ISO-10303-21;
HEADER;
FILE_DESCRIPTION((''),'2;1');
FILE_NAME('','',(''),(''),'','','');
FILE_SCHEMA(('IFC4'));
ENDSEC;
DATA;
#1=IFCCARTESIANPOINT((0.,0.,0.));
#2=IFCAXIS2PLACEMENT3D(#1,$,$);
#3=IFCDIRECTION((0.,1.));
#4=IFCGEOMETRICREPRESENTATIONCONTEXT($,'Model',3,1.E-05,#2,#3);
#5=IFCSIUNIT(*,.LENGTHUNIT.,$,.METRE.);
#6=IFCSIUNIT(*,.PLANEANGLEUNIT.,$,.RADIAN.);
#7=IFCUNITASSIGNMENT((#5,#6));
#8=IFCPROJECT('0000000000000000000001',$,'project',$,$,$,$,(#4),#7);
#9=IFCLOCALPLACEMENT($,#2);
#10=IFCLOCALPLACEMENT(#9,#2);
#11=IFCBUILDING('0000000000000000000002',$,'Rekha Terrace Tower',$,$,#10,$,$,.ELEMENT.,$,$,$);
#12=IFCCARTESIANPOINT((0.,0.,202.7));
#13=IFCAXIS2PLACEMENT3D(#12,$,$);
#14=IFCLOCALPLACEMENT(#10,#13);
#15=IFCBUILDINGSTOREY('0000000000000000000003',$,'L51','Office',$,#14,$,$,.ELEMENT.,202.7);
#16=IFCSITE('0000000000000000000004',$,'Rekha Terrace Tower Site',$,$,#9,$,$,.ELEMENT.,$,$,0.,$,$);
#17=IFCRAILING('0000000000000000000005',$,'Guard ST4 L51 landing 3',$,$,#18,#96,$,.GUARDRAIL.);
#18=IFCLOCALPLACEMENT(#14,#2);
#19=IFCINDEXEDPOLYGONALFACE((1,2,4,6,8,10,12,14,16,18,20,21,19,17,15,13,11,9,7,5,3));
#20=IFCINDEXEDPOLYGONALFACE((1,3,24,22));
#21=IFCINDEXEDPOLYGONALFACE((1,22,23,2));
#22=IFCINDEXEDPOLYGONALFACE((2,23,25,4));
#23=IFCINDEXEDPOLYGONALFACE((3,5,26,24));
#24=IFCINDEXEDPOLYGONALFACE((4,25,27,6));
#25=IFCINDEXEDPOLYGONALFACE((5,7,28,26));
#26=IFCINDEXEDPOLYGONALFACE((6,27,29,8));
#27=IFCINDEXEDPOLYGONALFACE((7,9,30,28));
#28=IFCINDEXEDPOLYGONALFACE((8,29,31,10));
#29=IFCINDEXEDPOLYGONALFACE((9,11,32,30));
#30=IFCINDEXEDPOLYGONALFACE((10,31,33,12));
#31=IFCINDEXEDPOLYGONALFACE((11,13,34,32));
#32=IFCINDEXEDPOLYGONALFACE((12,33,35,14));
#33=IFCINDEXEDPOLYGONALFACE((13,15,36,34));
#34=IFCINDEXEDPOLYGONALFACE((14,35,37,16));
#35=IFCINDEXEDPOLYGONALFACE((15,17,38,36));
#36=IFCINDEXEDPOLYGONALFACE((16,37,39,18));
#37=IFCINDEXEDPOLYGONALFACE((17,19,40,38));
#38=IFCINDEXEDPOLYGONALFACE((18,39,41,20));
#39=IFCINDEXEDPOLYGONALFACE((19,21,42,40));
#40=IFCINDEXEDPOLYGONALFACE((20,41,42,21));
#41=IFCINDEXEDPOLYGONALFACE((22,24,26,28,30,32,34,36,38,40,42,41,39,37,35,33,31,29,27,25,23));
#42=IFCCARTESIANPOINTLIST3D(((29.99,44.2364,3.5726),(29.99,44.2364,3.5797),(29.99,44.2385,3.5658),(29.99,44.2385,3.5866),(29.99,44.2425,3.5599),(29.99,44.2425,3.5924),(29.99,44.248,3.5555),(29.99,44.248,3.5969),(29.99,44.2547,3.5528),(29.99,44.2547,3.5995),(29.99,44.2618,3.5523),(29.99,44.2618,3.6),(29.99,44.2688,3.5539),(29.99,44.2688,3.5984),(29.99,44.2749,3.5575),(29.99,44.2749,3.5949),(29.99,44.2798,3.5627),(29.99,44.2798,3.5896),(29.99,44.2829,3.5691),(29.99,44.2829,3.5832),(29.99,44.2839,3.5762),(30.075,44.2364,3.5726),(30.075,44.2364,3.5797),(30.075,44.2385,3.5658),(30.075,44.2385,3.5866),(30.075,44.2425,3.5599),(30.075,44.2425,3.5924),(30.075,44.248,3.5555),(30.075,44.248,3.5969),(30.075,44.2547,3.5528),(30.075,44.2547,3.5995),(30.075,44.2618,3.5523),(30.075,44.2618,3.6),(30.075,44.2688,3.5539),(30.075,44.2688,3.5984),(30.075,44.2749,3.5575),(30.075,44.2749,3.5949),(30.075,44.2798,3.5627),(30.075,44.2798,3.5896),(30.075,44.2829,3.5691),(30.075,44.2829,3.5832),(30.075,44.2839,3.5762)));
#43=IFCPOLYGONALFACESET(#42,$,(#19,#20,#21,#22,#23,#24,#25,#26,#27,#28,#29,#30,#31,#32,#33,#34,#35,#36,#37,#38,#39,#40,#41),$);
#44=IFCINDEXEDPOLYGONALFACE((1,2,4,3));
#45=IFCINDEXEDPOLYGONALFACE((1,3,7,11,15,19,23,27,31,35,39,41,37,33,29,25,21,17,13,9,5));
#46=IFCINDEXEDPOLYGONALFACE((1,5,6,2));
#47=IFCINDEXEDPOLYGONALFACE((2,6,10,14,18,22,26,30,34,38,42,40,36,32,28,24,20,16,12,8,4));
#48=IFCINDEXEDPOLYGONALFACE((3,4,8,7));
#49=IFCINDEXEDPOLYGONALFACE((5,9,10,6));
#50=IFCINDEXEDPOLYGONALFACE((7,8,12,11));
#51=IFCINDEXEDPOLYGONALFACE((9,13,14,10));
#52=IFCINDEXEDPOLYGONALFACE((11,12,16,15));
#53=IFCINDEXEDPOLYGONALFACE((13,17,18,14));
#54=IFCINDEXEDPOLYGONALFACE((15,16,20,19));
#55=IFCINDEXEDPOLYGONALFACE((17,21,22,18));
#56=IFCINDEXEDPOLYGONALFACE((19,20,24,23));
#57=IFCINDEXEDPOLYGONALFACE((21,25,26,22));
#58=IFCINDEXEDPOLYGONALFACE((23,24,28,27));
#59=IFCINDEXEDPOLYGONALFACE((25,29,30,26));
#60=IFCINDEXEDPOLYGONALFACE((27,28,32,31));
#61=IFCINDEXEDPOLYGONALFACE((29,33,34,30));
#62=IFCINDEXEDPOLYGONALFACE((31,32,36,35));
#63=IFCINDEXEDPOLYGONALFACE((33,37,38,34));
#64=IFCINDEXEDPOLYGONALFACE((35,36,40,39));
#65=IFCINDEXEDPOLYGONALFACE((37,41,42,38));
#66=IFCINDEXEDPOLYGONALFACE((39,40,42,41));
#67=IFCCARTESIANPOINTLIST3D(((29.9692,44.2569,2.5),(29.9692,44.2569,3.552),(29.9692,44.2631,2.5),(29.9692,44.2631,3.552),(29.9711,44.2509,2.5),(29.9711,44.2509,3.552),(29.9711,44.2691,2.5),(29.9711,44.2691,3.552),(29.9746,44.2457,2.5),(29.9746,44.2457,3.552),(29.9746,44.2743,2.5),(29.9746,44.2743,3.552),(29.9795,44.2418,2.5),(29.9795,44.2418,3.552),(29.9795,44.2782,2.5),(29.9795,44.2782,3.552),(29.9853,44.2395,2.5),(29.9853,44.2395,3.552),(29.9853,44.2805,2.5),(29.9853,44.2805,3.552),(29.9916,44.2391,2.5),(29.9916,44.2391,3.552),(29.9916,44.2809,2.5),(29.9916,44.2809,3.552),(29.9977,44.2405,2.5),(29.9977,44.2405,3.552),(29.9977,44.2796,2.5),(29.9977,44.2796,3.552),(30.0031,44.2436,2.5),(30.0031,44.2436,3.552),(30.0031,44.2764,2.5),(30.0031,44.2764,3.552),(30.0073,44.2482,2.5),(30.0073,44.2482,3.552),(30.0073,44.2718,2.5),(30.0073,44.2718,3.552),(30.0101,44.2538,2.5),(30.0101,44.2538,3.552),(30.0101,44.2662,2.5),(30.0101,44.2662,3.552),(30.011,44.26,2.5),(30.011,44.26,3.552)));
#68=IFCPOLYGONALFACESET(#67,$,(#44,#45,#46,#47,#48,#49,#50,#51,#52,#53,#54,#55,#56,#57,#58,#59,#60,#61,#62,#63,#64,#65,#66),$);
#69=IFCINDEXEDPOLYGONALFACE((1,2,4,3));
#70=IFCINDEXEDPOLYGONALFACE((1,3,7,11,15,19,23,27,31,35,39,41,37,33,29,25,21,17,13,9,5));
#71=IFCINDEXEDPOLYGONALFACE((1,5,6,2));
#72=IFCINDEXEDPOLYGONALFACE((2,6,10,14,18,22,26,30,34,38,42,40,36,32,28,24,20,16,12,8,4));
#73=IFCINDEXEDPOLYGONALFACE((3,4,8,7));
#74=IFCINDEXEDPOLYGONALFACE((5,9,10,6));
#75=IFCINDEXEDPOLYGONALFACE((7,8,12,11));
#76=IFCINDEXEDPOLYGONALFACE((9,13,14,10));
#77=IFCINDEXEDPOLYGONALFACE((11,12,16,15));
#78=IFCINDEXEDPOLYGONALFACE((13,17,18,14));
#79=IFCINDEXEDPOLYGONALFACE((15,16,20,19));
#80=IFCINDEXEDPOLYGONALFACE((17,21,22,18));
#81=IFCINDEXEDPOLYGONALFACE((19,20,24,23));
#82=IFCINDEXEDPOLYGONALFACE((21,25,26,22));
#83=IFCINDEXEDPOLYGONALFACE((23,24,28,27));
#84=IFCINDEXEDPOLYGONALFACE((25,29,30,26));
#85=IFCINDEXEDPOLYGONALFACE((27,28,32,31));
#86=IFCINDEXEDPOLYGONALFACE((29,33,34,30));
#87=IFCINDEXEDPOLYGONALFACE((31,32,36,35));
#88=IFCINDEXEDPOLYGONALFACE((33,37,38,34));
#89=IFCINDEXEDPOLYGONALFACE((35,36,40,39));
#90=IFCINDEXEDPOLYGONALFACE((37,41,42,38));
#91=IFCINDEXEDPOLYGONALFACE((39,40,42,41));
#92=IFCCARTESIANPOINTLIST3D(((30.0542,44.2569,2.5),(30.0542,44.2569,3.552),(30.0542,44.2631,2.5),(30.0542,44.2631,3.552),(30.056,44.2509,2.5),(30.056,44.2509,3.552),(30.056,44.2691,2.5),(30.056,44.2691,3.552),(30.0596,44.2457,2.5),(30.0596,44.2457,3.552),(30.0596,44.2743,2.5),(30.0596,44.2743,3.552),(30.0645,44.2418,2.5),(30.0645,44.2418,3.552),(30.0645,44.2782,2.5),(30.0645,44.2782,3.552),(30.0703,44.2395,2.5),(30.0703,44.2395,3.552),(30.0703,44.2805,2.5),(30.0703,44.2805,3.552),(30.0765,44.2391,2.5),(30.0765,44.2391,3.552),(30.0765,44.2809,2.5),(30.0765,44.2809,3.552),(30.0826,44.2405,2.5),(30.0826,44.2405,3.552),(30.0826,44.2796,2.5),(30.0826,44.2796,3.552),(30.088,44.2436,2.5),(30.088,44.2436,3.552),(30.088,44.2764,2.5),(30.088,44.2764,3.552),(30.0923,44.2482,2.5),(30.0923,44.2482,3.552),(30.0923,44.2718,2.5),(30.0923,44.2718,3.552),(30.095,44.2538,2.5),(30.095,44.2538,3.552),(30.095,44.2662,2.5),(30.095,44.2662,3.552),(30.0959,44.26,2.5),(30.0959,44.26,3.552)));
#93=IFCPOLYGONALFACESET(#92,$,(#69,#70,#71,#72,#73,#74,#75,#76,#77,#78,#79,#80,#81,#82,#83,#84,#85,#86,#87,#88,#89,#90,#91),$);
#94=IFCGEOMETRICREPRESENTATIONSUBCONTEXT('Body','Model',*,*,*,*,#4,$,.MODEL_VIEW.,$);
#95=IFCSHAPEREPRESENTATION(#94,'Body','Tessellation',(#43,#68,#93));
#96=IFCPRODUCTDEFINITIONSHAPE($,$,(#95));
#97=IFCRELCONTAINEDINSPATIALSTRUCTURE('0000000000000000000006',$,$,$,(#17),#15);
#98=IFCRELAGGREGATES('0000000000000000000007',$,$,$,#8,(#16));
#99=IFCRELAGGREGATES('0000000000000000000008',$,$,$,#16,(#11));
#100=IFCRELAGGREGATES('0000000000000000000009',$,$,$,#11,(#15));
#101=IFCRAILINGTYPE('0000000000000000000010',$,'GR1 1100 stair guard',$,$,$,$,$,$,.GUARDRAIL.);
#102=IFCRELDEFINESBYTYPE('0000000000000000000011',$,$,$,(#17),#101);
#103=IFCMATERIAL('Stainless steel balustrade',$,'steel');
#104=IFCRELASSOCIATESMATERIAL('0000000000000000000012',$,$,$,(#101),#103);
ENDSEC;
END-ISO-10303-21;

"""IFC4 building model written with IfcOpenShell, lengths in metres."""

from ifc_helpers import new_model, si_unit, direction, frame, origin, origin_2d, place, context, subcontext, project, spatial, circle, extrude, material, type_object, element, save


model = new_model("IFC4")

# Units and contexts
model_context = context("Model", 3, precision=1e-05, world=origin(), true_north=direction((0.0, 1.0)))
body_context = subcontext(model_context, "Body", "Model", "MODEL_VIEW")
ifc_project = project(units=[si_unit("LENGTHUNIT", "METRE"), si_unit("PLANEANGLEUNIT", "RADIAN")], contexts=[model_context])

# Site, building, storey
site_placement = place(None, origin())
site = spatial("IfcSite", under=ifc_project, at=site_placement, Name="Rekha Terrace Tower Site", CompositionType="ELEMENT", RefElevation=0.0)
building_placement = place(site_placement, origin())
building = spatial("IfcBuilding", under=site, at=building_placement, Name="Rekha Terrace Tower", CompositionType="ELEMENT")
storey_placement = place(building_placement, frame((0.0, 0.0, 202.7)))
storey = spatial("IfcBuildingStorey", under=building, at=storey_placement, Name="L51", Description="Office", CompositionType="ELEMENT", Elevation=202.7)

# Railing
ifc_material_1 = material(Name="Stainless steel balustrade", Category="steel")
railing_type_1 = type_object("IfcRailingType", Name="GR1 1100 stair guard", PredefinedType="GUARDRAIL", material=ifc_material_1)
railing_1_placement = place(storey_placement, frame((29.99, 44.26, 2.5)))
element("IfcRailing", 1, at=railing_1_placement, inside=storey, type_object=railing_type_1, Name="Guard ST4 L51 landing 3", PredefinedType="GUARDRAIL", context=body_context, shape_type="SweptSolid", body=[
    extrude(circle(Radius=0.0239, at=origin_2d()), frame((0.0, 0.0, 1.0762), z_axis=(1.0, 0.0, 0.0), x_axis=(0.0, 1.0, 0.0)), (0.0, 0.0, 1.0), 0.085),
    extrude(circle(Radius=0.021, at=origin_2d()), origin(), (0.0, 0.0, 1.0), 1.052),
    extrude(circle(Radius=0.021, at=origin_2d()), frame((0.085, 0.0, 0.0)), (0.0, 0.0, 1.0), 1.052),
])

save(model, "model.ifc")
